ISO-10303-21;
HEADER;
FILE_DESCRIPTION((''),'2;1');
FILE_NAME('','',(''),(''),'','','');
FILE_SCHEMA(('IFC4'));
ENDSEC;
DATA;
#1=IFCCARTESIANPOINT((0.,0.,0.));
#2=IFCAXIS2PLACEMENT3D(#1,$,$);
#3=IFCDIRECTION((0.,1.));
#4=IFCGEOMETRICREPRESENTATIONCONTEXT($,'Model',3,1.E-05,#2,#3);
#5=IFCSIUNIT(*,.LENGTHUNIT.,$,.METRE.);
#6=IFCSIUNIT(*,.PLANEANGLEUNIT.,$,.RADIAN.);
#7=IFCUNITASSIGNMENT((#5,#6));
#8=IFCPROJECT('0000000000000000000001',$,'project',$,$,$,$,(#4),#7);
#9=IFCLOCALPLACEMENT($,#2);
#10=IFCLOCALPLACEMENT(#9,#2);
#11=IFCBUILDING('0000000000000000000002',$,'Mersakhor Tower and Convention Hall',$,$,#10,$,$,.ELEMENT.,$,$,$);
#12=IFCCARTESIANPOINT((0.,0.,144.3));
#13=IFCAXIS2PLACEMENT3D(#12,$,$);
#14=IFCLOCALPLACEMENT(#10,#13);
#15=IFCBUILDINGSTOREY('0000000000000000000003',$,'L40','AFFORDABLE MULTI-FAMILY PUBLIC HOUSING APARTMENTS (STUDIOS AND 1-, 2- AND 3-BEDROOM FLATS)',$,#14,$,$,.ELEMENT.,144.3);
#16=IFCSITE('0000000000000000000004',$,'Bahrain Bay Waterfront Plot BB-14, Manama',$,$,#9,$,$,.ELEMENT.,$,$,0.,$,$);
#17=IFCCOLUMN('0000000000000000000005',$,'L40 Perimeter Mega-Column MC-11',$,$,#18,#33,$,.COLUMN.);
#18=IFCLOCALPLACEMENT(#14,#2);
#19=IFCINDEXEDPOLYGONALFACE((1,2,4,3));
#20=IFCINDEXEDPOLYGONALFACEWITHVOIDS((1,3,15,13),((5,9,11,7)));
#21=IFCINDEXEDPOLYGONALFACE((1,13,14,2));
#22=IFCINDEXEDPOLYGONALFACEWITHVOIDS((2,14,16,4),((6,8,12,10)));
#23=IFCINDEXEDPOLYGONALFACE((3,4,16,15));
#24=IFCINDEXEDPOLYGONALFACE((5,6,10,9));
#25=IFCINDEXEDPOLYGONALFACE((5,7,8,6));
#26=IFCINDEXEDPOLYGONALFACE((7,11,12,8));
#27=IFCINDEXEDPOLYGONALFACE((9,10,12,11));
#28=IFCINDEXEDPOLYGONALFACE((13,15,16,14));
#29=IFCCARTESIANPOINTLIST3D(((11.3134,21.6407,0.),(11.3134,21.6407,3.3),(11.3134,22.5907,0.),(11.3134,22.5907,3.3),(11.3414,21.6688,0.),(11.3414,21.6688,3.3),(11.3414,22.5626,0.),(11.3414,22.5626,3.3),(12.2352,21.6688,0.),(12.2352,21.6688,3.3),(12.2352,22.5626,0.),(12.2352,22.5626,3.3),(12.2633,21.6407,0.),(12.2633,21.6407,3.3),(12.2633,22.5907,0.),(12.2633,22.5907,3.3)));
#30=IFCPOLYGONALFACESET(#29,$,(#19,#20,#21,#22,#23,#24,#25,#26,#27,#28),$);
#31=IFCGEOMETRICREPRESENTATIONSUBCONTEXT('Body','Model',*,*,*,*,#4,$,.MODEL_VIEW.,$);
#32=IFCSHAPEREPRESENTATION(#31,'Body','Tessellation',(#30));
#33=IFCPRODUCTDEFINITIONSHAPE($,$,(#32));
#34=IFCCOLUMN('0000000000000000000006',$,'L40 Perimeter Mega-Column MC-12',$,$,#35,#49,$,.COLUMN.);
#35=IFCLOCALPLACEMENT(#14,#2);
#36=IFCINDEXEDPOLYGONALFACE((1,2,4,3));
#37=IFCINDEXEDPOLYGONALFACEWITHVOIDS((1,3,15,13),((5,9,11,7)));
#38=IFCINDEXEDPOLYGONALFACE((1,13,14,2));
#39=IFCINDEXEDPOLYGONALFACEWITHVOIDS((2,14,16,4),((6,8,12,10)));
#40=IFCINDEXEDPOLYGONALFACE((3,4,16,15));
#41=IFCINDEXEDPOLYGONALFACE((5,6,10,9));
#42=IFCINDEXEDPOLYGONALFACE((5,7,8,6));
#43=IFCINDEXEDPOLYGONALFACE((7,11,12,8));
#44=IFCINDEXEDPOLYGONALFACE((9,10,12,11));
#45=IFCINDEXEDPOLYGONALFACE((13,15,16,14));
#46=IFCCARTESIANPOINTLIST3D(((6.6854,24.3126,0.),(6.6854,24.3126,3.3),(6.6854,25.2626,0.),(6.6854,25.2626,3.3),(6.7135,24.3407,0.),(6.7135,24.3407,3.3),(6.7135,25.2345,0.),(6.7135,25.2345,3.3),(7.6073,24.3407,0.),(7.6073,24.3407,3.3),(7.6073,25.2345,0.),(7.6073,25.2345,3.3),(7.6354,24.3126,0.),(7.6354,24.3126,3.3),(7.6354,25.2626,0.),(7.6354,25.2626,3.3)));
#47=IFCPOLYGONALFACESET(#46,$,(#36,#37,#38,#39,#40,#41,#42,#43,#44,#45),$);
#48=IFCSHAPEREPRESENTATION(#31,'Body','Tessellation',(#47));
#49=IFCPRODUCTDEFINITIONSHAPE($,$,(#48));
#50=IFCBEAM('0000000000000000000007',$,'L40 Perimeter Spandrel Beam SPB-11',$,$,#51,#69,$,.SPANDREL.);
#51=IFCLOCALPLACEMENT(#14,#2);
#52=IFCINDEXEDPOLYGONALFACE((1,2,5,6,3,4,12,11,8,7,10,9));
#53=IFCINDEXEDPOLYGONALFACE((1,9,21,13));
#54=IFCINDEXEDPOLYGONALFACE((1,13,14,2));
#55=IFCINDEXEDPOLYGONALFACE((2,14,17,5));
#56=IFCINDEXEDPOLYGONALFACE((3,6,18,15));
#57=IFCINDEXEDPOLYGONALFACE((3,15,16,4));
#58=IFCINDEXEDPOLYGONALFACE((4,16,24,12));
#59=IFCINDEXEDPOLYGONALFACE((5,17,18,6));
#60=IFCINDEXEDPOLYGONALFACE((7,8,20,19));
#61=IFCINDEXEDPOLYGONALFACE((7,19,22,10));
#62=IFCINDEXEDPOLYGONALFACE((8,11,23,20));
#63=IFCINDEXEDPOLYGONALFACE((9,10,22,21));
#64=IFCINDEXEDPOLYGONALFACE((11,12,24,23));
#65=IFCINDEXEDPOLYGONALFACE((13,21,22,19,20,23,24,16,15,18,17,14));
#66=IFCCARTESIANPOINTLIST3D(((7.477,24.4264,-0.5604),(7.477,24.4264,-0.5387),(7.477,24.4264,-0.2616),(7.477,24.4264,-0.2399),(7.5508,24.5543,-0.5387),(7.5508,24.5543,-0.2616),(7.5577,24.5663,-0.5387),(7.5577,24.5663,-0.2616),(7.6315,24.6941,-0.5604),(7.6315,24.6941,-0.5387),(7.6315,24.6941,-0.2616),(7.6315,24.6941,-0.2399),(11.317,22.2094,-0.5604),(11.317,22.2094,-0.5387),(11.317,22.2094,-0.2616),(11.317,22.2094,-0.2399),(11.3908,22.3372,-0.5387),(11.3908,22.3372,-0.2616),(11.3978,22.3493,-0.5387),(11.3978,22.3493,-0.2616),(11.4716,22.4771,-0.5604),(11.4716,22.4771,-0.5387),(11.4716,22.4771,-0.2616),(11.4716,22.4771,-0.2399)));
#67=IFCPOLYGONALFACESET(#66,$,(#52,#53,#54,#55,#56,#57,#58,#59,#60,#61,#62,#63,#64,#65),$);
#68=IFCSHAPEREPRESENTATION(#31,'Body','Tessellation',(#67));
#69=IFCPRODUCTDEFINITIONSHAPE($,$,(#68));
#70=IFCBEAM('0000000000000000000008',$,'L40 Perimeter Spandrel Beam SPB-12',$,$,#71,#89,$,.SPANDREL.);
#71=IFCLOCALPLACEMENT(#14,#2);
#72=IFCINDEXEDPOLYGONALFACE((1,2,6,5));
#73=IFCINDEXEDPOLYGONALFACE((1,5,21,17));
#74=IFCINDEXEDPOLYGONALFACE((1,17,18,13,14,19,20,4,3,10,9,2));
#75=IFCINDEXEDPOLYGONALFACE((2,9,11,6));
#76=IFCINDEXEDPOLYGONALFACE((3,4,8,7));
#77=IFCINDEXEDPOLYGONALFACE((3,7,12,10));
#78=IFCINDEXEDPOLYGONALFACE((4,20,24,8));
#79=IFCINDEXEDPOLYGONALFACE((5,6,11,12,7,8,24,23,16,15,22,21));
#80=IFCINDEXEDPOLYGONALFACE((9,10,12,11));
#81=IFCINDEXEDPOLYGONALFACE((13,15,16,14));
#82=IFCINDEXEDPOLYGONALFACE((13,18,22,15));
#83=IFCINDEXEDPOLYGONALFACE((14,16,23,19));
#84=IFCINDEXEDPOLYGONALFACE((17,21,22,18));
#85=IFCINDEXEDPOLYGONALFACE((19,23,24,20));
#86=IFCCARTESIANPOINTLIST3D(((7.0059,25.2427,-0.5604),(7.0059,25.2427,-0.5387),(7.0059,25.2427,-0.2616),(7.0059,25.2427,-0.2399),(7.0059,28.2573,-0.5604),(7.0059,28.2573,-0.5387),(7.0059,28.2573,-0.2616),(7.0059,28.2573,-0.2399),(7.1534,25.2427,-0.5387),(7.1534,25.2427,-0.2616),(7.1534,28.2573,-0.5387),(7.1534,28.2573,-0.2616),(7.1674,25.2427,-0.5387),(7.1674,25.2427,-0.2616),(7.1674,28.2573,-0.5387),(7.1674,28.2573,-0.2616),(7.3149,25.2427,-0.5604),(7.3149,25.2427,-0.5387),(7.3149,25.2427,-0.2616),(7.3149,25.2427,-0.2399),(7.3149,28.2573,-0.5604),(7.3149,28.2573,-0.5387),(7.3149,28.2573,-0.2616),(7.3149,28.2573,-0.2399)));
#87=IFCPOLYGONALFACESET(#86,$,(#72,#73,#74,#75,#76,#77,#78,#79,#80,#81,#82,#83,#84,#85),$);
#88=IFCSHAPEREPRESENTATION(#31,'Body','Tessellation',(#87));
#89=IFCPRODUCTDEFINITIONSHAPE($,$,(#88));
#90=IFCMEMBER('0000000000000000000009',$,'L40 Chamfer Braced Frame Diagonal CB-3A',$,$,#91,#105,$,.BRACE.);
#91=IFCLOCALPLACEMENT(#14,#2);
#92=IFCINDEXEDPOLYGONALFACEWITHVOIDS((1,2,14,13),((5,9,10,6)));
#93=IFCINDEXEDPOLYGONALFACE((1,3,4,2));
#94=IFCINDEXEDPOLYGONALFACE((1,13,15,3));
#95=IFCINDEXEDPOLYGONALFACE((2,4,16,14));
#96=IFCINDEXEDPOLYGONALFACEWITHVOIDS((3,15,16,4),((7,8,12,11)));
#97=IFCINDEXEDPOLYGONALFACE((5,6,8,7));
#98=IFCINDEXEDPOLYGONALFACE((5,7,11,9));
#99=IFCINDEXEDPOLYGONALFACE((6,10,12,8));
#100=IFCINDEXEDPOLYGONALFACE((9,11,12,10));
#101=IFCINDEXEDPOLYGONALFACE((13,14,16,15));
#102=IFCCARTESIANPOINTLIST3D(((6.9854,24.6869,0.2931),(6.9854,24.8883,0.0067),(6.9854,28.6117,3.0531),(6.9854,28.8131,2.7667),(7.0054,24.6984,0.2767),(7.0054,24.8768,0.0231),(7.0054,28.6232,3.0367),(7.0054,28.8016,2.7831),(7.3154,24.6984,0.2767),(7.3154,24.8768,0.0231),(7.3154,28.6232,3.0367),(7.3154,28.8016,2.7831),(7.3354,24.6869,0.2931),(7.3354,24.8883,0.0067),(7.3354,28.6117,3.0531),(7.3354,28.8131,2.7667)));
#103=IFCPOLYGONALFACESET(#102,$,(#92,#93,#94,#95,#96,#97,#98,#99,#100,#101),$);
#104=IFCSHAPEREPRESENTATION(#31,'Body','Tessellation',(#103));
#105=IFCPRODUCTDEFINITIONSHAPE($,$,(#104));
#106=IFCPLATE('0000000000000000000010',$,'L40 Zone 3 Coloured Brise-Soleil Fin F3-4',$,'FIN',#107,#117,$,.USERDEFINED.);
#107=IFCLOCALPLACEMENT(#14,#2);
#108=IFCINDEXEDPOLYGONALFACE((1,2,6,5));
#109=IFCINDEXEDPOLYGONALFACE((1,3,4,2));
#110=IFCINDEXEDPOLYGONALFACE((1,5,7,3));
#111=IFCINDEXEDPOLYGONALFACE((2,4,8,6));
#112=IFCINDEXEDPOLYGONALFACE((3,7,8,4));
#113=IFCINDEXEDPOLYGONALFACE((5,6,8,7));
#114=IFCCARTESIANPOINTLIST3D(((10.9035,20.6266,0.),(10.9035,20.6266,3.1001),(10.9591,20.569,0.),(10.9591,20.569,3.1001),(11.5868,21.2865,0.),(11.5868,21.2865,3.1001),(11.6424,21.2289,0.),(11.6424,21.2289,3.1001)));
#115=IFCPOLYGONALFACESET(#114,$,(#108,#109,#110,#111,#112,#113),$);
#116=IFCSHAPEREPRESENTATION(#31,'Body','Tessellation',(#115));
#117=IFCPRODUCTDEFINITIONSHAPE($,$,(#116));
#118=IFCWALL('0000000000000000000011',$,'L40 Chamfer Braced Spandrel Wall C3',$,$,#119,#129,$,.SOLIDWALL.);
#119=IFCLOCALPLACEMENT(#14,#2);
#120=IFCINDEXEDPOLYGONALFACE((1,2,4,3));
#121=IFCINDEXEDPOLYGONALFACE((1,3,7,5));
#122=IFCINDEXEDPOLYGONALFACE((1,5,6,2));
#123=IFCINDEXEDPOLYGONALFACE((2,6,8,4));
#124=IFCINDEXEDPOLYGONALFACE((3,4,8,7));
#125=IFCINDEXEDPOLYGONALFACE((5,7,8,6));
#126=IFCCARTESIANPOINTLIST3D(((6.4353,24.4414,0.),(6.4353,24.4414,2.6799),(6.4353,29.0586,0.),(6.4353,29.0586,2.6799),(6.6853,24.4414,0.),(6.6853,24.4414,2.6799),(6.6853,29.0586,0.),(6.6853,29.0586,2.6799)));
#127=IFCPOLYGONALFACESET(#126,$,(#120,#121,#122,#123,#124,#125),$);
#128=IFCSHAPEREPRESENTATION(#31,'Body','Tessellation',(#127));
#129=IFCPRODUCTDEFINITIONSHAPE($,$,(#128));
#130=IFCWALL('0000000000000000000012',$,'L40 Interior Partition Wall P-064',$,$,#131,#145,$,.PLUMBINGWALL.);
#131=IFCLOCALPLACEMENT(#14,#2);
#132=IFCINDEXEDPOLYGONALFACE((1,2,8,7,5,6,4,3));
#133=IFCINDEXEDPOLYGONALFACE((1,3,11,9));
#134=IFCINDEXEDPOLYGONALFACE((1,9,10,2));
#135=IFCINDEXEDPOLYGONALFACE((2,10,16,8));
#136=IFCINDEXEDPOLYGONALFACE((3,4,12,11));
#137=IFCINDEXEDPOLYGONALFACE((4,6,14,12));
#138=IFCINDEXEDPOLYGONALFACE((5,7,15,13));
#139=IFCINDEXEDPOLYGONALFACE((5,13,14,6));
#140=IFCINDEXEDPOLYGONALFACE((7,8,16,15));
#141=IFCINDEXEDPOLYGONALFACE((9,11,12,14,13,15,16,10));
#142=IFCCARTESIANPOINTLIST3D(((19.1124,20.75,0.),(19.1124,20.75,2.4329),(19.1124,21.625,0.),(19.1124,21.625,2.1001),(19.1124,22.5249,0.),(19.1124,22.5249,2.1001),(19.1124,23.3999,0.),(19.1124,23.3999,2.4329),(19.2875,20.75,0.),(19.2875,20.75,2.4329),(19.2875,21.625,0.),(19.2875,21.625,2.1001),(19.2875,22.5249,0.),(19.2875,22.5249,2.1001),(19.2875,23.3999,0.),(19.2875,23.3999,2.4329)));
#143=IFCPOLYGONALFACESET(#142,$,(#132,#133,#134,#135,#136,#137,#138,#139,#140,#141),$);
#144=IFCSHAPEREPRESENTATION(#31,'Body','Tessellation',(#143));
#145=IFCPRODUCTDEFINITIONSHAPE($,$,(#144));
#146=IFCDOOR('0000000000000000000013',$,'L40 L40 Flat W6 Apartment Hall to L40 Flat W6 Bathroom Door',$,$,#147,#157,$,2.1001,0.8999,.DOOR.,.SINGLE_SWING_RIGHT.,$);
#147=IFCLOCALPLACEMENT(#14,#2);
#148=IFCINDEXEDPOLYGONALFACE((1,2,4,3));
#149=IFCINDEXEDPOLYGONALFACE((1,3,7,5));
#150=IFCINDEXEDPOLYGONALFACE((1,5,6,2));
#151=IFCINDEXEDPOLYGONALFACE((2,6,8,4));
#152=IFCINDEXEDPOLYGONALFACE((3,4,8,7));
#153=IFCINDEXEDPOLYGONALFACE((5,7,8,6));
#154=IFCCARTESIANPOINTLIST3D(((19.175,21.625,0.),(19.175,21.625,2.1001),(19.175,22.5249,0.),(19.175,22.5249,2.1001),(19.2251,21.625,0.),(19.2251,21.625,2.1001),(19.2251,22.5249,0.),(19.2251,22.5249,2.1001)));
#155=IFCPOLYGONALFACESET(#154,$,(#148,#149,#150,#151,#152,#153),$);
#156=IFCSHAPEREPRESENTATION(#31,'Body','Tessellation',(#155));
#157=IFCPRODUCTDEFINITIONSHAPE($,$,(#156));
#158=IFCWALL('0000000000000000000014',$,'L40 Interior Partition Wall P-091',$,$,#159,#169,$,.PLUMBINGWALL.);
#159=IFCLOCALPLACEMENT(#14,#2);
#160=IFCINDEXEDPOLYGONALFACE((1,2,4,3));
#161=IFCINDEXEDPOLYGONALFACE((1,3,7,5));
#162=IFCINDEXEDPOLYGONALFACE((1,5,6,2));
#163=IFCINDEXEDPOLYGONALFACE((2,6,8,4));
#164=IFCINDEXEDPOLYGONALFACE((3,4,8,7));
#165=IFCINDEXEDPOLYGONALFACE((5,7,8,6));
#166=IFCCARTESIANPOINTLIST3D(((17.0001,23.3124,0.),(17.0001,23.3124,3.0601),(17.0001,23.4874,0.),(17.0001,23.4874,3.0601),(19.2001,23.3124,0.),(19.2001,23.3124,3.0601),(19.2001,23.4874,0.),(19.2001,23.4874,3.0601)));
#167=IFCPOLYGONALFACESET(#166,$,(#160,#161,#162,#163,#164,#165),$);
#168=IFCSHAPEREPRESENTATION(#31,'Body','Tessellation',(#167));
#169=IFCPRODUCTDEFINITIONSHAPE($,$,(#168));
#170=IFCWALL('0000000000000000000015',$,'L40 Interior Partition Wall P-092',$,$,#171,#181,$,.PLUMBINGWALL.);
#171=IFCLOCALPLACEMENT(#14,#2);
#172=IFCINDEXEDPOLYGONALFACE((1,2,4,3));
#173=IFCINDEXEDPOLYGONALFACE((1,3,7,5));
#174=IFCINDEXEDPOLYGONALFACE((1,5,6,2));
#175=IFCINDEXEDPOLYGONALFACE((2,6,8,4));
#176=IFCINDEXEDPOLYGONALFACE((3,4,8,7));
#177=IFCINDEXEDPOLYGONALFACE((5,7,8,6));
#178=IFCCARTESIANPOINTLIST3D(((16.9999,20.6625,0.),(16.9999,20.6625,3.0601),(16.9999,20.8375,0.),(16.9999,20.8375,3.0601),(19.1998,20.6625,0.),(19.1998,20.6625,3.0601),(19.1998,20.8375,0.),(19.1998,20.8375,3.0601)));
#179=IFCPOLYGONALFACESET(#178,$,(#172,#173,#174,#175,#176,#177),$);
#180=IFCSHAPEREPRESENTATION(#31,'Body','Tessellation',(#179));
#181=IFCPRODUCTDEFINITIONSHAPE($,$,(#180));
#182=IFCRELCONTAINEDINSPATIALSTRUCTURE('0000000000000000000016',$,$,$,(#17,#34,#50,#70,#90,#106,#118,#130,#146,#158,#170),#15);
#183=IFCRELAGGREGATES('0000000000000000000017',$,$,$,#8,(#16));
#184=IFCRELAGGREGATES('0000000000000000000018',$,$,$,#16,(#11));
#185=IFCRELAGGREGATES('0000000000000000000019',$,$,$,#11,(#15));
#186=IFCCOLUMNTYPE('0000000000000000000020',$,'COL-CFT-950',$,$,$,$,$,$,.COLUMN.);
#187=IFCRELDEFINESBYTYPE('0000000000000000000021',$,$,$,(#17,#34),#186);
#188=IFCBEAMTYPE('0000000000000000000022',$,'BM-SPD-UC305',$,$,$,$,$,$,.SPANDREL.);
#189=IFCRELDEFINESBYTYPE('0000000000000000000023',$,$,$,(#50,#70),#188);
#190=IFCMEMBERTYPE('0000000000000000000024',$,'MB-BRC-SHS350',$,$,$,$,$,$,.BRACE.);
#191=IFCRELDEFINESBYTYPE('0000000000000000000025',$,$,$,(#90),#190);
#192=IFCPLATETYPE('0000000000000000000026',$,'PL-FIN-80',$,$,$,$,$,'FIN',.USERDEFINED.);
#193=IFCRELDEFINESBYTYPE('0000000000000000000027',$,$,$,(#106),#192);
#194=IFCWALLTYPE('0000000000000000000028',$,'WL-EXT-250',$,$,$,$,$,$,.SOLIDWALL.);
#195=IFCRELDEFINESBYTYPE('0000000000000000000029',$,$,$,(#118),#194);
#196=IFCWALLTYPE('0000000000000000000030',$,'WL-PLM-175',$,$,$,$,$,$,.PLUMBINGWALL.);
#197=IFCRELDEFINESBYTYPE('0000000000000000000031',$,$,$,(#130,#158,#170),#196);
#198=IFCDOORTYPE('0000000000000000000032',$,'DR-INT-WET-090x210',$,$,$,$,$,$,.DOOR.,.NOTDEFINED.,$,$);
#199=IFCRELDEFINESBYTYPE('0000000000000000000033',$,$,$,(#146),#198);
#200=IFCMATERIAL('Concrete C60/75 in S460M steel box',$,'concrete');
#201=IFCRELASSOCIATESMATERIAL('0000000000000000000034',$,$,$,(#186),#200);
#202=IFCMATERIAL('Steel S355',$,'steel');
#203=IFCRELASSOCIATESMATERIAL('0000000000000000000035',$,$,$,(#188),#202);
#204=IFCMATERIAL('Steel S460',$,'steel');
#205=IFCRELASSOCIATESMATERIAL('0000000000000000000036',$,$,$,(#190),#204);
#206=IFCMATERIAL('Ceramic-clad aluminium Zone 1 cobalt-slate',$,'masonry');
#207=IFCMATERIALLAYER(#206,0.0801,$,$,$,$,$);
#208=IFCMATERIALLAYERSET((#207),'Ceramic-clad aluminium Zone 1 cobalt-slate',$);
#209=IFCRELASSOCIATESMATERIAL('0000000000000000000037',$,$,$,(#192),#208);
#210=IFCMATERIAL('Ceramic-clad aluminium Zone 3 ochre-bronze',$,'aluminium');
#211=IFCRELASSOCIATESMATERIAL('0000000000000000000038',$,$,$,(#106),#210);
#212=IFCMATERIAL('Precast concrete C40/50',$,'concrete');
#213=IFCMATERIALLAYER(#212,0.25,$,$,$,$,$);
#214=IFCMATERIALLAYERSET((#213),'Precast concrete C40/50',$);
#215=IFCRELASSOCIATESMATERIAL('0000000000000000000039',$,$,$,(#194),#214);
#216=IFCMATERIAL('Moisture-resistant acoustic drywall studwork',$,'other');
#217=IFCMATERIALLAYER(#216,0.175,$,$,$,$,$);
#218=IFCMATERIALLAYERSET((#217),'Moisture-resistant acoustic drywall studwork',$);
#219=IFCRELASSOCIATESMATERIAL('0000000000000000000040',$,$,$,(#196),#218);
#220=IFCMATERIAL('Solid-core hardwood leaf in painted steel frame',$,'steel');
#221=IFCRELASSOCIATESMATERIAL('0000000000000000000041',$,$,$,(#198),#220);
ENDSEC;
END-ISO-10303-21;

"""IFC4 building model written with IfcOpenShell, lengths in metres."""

from ifc_helpers import new_model, si_unit, direction, frame, frame_2d, origin, origin_2d, place, context, subcontext, project, spatial, rectangle, hollow_rectangle, i_section, extrude, material, layer, layer_set, material_profile, profile_set, type_object, element, fill, save


model = new_model("IFC4")

# Units and contexts
model_context = context("Model", 3, precision=1e-05, world=origin(), true_north=direction((0.0, 1.0)))
body_context = subcontext(model_context, "Body", "Model", "MODEL_VIEW")
ifc_project = project(units=[si_unit("LENGTHUNIT", "METRE"), si_unit("PLANEANGLEUNIT", "RADIAN")], contexts=[model_context])

# Site, building, storey
site_placement = place(None, origin())
site = spatial("IfcSite", under=ifc_project, at=site_placement, Name="Bahrain Bay Waterfront Plot BB-14, Manama", CompositionType="ELEMENT", RefElevation=0.0)
building_placement = place(site_placement, origin())
building = spatial("IfcBuilding", under=site, at=building_placement, Name="Mersakhor Tower and Convention Hall", CompositionType="ELEMENT")
storey_placement = place(building_placement, frame((0.0, 0.0, 144.3)))
storey = spatial("IfcBuildingStorey", under=building, at=storey_placement, Name="L40", Description="AFFORDABLE MULTI-FAMILY PUBLIC HOUSING APARTMENTS (STUDIOS AND 1-, 2- AND 3-BEDROOM FLATS)", CompositionType="ELEMENT", Elevation=144.3)

# Columns
ifc_material_1 = material(Name="Concrete C60/75 in S460M steel box", Category="concrete")
ifc_material_profile_1 = material_profile(ifc_material_1, hollow_rectangle(XDim=0.95, YDim=0.95, WallThickness=0.0281, at=origin_2d()), Name="SHS 950x950x28")
ifc_profile_set_1 = profile_set([ifc_material_profile_1], Name="Concrete C60/75 in S460M steel box")
column_type = type_object("IfcColumnType", Name="COL-CFT-950", PredefinedType="COLUMN", material=ifc_profile_set_1)
for number, where, z_axis, x_axis, name in (
    (1, (11.7883, 22.1157, 0.0), (0.0, 0.0, 1.0), (1.0, 0.0, 0.0), "L40 Perimeter Mega-Column MC-11"),
    (2, (7.1604, 24.7876, 0.0), (0.0, 0.0, 1.0), (1.0, 0.0, 0.0), "L40 Perimeter Mega-Column MC-12"),
):
    element("IfcColumn", number, at=place(storey_placement, frame(where, z_axis=z_axis, x_axis=x_axis)), inside=storey, type_object=column_type, Name=name, PredefinedType="COLUMN", context=body_context, shape_type="SweptSolid", body=[
        extrude(hollow_rectangle(XDim=0.95, YDim=0.95, WallThickness=0.0281, at=origin_2d()), origin(), (0.0, 0.0, 1.0), 3.3),
    ])

# Beams
ifc_material_2 = material(Name="Steel S355", Category="steel")
ifc_material_profile_2 = material_profile(ifc_material_2, i_section(OverallWidth=0.3091, OverallDepth=0.3206, WebThickness=0.0139, FlangeThickness=0.0217, at=origin_2d()), Name="UC 305x305x137")
ifc_profile_set_2 = profile_set([ifc_material_profile_2], Name="Steel S355")
beam_type = type_object("IfcBeamType", Name="BM-SPD-UC305", PredefinedType="SPANDREL", material=ifc_profile_set_2)
beam_1_placement = place(storey_placement, frame((11.3943, 22.3433, -0.4001), z_axis=(-0.866029, 0.499994, 0.0), x_axis=(-0.499994, -0.866029, 0.0)))
element("IfcBeam", 3, at=beam_1_placement, inside=storey, type_object=beam_type, Name="L40 Perimeter Spandrel Beam SPB-11", PredefinedType="SPANDREL", context=body_context, shape_type="SweptSolid", body=[
    extrude(i_section(OverallWidth=0.3091, OverallDepth=0.3206, WebThickness=0.0139, FlangeThickness=0.0217, at=origin_2d()), origin(), (0.0, 0.0, 1.0), 4.4341),
])
beam_2_placement = place(storey_placement, frame((7.1604, 25.2427, -0.4001), z_axis=(0.0, 1.0, 0.0), x_axis=(-1.0, 0.0, 0.0)))
element("IfcBeam", 4, at=beam_2_placement, inside=storey, type_object=beam_type, Name="L40 Perimeter Spandrel Beam SPB-12", PredefinedType="SPANDREL", context=body_context, shape_type="SweptSolid", body=[
    extrude(i_section(OverallWidth=0.3091, OverallDepth=0.3206, WebThickness=0.0139, FlangeThickness=0.0217, at=origin_2d()), origin(), (0.0, 0.0, 1.0), 3.0146),
])

# Member
ifc_material_3 = material(Name="Steel S460", Category="steel")
ifc_material_profile_3 = material_profile(ifc_material_3, hollow_rectangle(XDim=0.3501, YDim=0.3501, WallThickness=0.02, at=origin_2d()), Name="SHS 350x350x20")
ifc_profile_set_3 = profile_set([ifc_material_profile_3], Name="Steel S460")
member_type = type_object("IfcMemberType", Name="MB-BRC-SHS350", PredefinedType="BRACE", material=ifc_profile_set_3)
member_placement = place(storey_placement, frame((7.1604, 24.7876, 0.1499), z_axis=(0.0, 0.817992, 0.57523), x_axis=(-1.0, 0.0, 0.0)))
element("IfcMember", 5, at=member_placement, inside=storey, type_object=member_type, Name="L40 Chamfer Braced Frame Diagonal CB-3A", PredefinedType="BRACE", context=body_context, shape_type="SweptSolid", body=[
    extrude(hollow_rectangle(XDim=0.3501, YDim=0.3501, WallThickness=0.02, at=origin_2d()), origin(), (0.0, 0.0, 1.0), 4.7981),
])

# Plate
ifc_material_4 = material(Name="Ceramic-clad aluminium Zone 3 ochre-bronze", Category="aluminium")
ifc_material_5 = material(Name="Ceramic-clad aluminium Zone 1 cobalt-slate", Category="masonry")
ifc_layer_1 = layer(ifc_material_5, 0.0801)
ifc_layer_set_1 = layer_set([ifc_layer_1], Name="Ceramic-clad aluminium Zone 1 cobalt-slate")
plate_type = type_object("IfcPlateType", Name="PL-FIN-80", ElementType="FIN", PredefinedType="USERDEFINED", material=ifc_layer_set_1)
plate_placement = place(storey_placement, frame((11.2729, 20.9277, 0.0), z_axis=(0.0, 0.0, 1.0), x_axis=(-0.71934, -0.694658, 0.0)))
element("IfcPlate", 6, at=plate_placement, inside=storey, type_object=plate_type, material=ifc_material_4, Name="L40 Zone 3 Coloured Brise-Soleil Fin F3-4", ObjectType="FIN", PredefinedType="USERDEFINED", context=body_context, shape_type="SweptSolid", body=[
    extrude(rectangle(XDim=0.95, YDim=0.0801, at=origin_2d()), origin(), (0.0, 0.0, 1.0), 3.1001),
])

# Wall
ifc_material_6 = material(Name="Precast concrete C40/50", Category="concrete")
ifc_layer_2 = layer(ifc_material_6, 0.25)
ifc_layer_set_2 = layer_set([ifc_layer_2], Name="Precast concrete C40/50")
wall_type_1 = type_object("IfcWallType", Name="WL-EXT-250", PredefinedType="SOLIDWALL", material=ifc_layer_set_2)
wall_1_placement = place(storey_placement, frame((6.5603, 24.4414, 0.0), z_axis=(0.0, 0.0, 1.0), x_axis=(0.0, 1.0, 0.0)))
element("IfcWall", 7, at=wall_1_placement, inside=storey, type_object=wall_type_1, Name="L40 Chamfer Braced Spandrel Wall C3", PredefinedType="SOLIDWALL", context=body_context, shape_type="SweptSolid", body=[
    extrude(rectangle(XDim=4.6172, YDim=0.25, at=frame_2d((2.3086, 0.0))), origin(), (0.0, 0.0, 1.0), 2.6799),
])

# Wall, opening, door
ifc_material_7 = material(Name="Moisture-resistant acoustic drywall studwork", Category="other")
ifc_layer_3 = layer(ifc_material_7, 0.175)
ifc_layer_set_3 = layer_set([ifc_layer_3], Name="Moisture-resistant acoustic drywall studwork")
wall_type_2 = type_object("IfcWallType", Name="WL-PLM-175", PredefinedType="PLUMBINGWALL", material=ifc_layer_set_3)
wall_2_placement = place(storey_placement, frame((19.2, 20.75, 0.0), z_axis=(0.0, 0.0, 1.0), x_axis=(0.0, 1.0, 0.0)))
wall_2 = element("IfcWall", 8, at=wall_2_placement, inside=storey, type_object=wall_type_2, Name="L40 Interior Partition Wall P-064", PredefinedType="PLUMBINGWALL", context=body_context, shape_type="SweptSolid", body=[
    extrude(rectangle(XDim=2.6499, YDim=0.175, at=frame_2d((1.325, 0.0))), origin(), (0.0, 0.0, 1.0), 2.4329),
])
opening_1_placement = place(wall_2_placement, frame((0.875, 0.0, 0.0)))
opening_1 = element("IfcOpeningElement", 9, at=opening_1_placement, cuts=wall_2, PredefinedType="OPENING", context=body_context, shape_type="SweptSolid", body=[
    extrude(rectangle(XDim=0.8999, YDim=2.1001, at=frame_2d((0.45, 1.05))), frame((0.0, 0.0974, 0.0), z_axis=(0.0, -1.0, 0.0), x_axis=(1.0, 0.0, 0.0)), (0.0, 0.0, 1.0), 0.1951),
])
ifc_material_8 = material(Name="Solid-core hardwood leaf in painted steel frame", Category="steel")
door_type_1 = type_object("IfcDoorType", Name="DR-INT-WET-090x210", OperationType="NOTDEFINED", PredefinedType="DOOR", material=ifc_material_8)
door_1_placement = place(opening_1_placement, origin())
door_1 = element("IfcDoor", 10, at=door_1_placement, inside=storey, type_object=door_type_1, Name="L40 L40 Flat W6 Apartment Hall to L40 Flat W6 Bathroom Door", OperationType="SINGLE_SWING_RIGHT", OverallHeight=2.1001, OverallWidth=0.8999, PredefinedType="DOOR", context=body_context, shape_type="SweptSolid", body=[
    extrude(rectangle(XDim=0.8999, YDim=2.1001, at=frame_2d((0.45, 1.05))), frame((0.0, 0.0249, 0.0), z_axis=(0.0, -1.0, 0.0), x_axis=(1.0, 0.0, 0.0)), (0.0, 0.0, 1.0), 0.05),
])
fill(opening_1, door_1)

# Walls
for number, where, z_axis, x_axis, name in (
    (11, (17.0, 23.3999, 0.0), (0.0, 0.0, 1.0), (1.0, 0.0, 0.0), "L40 Interior Partition Wall P-091"),
    (12, (19.2, 20.75, 0.0), (0.0, 0.0, 1.0), (-1.0, 0.0, 0.0), "L40 Interior Partition Wall P-092"),
):
    element("IfcWall", number, at=place(storey_placement, frame(where, z_axis=z_axis, x_axis=x_axis)), inside=storey, type_object=wall_type_2, Name=name, PredefinedType="PLUMBINGWALL", context=body_context, shape_type="SweptSolid", body=[
        extrude(rectangle(XDim=2.2, YDim=0.175, at=frame_2d((1.1001, 0.0))), origin(), (0.0, 0.0, 1.0), 3.0601),
    ])

save(model, "model.ifc")
